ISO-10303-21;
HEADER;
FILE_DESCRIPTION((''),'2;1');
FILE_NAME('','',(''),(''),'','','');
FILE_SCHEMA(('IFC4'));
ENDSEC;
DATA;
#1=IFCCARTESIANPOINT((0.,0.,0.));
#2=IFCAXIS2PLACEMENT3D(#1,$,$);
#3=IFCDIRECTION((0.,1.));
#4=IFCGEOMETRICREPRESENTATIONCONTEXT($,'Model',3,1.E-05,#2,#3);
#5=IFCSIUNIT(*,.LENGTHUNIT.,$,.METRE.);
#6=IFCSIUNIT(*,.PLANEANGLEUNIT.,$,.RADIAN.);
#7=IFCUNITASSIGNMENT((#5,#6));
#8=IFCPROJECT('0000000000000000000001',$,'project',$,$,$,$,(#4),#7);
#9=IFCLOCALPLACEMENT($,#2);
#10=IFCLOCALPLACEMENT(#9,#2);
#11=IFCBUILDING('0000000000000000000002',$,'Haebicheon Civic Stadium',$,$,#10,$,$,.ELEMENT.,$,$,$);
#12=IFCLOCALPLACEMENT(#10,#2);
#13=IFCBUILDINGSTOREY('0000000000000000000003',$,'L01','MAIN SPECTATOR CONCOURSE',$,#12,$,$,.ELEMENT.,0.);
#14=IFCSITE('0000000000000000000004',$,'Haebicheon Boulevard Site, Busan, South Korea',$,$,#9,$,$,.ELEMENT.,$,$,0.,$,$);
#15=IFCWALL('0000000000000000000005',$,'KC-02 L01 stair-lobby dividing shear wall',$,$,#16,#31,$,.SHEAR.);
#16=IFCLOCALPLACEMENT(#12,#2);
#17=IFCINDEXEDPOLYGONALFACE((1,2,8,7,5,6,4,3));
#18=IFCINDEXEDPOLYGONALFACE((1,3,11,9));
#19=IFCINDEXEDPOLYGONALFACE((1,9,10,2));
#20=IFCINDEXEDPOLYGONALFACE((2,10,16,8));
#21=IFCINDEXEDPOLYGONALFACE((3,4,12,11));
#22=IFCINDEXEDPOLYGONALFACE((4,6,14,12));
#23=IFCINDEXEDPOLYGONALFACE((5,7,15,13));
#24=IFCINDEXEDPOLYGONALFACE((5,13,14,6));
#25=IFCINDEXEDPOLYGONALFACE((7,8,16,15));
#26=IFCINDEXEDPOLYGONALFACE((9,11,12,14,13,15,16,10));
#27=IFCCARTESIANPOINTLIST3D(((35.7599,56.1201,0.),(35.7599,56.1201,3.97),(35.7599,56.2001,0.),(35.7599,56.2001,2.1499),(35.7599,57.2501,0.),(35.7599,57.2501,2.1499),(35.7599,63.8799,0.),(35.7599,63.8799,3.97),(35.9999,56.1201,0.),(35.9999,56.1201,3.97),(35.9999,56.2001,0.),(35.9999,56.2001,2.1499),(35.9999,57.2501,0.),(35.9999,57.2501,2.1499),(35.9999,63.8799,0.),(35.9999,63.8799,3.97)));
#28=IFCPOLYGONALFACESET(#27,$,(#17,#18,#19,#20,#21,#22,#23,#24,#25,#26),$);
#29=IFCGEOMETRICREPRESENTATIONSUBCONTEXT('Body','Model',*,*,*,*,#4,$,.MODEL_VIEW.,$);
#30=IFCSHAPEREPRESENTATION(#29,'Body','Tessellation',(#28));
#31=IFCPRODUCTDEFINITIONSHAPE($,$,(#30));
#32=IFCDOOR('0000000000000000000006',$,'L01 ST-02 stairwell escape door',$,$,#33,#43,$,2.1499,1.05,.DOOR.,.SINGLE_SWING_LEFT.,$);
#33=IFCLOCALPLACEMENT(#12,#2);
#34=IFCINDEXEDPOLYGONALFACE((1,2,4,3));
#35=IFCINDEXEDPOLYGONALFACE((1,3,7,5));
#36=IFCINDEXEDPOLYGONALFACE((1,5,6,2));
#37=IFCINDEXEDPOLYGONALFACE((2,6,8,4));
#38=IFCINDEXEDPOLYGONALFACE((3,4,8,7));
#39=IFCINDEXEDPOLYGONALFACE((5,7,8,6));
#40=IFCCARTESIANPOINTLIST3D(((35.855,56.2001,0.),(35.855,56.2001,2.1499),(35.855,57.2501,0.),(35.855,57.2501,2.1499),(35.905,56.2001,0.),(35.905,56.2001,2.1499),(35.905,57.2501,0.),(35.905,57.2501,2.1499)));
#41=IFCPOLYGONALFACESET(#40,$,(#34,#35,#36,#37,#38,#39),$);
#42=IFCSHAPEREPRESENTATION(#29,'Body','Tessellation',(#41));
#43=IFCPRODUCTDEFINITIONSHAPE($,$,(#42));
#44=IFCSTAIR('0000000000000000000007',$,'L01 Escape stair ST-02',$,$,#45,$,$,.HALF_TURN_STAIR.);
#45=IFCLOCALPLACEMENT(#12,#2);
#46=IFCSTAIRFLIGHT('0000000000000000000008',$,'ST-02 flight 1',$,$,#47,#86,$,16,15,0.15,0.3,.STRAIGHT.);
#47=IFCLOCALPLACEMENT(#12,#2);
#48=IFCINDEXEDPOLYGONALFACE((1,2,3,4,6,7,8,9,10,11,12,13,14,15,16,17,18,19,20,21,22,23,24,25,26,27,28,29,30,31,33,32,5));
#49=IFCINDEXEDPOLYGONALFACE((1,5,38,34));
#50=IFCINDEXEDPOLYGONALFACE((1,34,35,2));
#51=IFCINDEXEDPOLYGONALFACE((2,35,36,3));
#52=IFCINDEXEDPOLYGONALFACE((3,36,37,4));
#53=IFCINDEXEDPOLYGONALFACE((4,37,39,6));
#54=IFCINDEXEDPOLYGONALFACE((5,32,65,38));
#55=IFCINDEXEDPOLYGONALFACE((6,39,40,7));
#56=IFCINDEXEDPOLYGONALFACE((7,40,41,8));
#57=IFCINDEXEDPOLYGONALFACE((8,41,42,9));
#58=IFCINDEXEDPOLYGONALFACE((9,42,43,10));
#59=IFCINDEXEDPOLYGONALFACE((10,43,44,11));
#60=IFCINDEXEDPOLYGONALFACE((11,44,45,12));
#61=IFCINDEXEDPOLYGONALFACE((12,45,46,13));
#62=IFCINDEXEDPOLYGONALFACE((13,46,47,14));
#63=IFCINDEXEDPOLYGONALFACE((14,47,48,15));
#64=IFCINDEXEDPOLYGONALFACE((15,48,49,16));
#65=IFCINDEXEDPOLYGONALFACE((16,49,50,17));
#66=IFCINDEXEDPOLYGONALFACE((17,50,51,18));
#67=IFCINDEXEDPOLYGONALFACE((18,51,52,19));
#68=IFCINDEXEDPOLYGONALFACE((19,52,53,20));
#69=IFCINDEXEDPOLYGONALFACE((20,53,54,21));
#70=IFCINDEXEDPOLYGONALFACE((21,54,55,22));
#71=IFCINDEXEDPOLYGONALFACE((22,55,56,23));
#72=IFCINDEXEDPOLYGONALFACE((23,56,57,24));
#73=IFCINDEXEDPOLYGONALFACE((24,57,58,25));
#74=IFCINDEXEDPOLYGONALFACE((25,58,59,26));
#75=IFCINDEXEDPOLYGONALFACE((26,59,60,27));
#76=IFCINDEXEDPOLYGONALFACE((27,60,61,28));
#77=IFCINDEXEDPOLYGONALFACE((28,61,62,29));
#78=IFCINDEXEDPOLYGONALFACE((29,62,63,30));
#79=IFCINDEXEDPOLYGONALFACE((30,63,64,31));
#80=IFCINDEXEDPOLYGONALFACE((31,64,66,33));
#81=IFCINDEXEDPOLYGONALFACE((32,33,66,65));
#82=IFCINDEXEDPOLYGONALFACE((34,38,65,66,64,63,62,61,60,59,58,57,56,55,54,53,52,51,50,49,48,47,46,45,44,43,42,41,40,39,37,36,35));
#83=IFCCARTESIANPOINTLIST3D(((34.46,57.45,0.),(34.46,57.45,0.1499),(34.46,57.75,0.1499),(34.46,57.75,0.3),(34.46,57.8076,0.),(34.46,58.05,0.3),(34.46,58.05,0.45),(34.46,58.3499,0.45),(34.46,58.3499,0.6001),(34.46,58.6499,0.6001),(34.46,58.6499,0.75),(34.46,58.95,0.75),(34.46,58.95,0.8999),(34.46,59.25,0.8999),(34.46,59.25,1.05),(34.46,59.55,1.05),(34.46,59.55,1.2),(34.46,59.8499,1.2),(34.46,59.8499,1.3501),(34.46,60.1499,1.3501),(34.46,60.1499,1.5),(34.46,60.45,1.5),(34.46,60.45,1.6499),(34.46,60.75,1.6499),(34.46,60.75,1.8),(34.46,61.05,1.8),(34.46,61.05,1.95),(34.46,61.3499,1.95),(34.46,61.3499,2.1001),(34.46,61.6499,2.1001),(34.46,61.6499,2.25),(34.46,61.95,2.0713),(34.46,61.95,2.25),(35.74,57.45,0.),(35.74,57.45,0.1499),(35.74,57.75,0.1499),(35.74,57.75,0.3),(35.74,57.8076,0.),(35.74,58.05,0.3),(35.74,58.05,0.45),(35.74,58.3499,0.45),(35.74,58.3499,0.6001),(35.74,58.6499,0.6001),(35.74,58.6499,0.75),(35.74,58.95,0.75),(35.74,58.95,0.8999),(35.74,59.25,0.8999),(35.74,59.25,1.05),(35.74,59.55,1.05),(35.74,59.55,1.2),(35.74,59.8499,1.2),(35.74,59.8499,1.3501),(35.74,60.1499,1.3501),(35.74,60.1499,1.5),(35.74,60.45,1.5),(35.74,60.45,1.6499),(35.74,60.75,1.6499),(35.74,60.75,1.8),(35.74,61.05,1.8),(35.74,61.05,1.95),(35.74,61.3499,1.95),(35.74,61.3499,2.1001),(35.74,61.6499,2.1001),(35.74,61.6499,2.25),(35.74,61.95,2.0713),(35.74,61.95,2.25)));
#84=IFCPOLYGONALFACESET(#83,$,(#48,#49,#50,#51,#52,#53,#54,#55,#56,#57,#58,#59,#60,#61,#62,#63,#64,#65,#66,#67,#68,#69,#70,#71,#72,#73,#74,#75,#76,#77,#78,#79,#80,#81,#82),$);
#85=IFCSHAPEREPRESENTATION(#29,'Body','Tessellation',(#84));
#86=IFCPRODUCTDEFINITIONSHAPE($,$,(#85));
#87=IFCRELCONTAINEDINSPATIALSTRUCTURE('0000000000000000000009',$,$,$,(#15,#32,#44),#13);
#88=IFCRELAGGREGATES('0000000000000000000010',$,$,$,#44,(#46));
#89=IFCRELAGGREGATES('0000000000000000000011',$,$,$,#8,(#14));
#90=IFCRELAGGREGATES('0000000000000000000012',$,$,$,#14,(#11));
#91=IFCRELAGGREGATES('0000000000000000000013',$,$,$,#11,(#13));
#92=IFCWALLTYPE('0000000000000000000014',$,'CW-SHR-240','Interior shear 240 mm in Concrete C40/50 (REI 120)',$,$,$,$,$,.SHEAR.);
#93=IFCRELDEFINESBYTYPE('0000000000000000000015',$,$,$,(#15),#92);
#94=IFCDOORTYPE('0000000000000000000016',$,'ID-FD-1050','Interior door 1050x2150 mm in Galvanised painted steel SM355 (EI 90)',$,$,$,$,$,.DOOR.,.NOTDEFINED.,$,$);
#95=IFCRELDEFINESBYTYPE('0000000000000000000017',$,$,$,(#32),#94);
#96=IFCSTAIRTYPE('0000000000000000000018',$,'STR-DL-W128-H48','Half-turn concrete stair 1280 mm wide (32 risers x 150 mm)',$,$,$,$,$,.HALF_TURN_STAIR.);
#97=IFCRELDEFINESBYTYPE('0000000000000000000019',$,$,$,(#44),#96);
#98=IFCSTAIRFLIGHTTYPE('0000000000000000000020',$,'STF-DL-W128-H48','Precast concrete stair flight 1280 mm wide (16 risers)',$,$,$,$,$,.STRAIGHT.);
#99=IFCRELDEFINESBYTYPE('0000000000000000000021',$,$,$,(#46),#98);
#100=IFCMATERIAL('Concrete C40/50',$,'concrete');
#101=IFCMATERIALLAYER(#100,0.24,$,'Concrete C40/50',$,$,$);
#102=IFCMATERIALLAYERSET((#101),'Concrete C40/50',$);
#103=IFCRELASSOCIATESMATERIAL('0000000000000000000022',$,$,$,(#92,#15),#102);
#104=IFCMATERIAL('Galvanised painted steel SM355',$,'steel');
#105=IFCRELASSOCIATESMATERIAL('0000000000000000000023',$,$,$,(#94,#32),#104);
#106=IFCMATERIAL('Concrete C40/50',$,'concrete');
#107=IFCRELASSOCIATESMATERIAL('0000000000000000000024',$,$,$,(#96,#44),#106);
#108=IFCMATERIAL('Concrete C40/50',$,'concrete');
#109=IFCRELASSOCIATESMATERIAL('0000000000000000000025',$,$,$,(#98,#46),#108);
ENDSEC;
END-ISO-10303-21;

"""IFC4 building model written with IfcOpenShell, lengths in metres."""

from ifc_helpers import new_model, si_unit, direction, frame, frame_2d, origin, place, context, subcontext, project, spatial, polyline, rectangle, outline, extrude, material, layer, layer_set, type_object, element, fill, aggregate, save


model = new_model("IFC4")

# Units and contexts
model_context = context("Model", 3, precision=1e-05, world=origin(), true_north=direction((0.0, 1.0)))
body_context = subcontext(model_context, "Body", "Model", "MODEL_VIEW")
ifc_project = project(units=[si_unit("LENGTHUNIT", "METRE"), si_unit("PLANEANGLEUNIT", "RADIAN")], contexts=[model_context])

# Site, building, storey
site_placement = place(None, origin())
site = spatial("IfcSite", under=ifc_project, at=site_placement, Name="Haebicheon Boulevard Site, Busan, South Korea", CompositionType="ELEMENT", RefElevation=0.0)
building_placement = place(site_placement, origin())
building = spatial("IfcBuilding", under=site, at=building_placement, Name="Haebicheon Civic Stadium", CompositionType="ELEMENT")
storey_placement = place(building_placement, origin())
storey = spatial("IfcBuildingStorey", under=building, at=storey_placement, Name="L01", Description="MAIN SPECTATOR CONCOURSE", CompositionType="ELEMENT", Elevation=0.0)

# Shared definitions
ifc_material_1 = material(Name="Concrete C40/50", Category="concrete")
ifc_layer = layer(ifc_material_1, 0.24, Name="Concrete C40/50")
ifc_layer_set = layer_set([ifc_layer], Name="Concrete C40/50")
wall_type = type_object("IfcWallType", Name="CW-SHR-240", Description="Interior shear 240 mm in Concrete C40/50 (REI 120)", PredefinedType="SHEAR", material=ifc_layer_set)

# Wall, opening, door
wall_1_placement = place(storey_placement, frame((35.8799, 56.1201, 0.0), z_axis=(0.0, 0.0, 1.0), x_axis=(0.0, 1.0, 0.0)))
wall_1 = element("IfcWall", 1, at=wall_1_placement, inside=storey, type_object=wall_type, material=ifc_layer_set, Name="KC-02 L01 stair-lobby dividing shear wall", PredefinedType="SHEAR", context=body_context, shape_type="SweptSolid", body=[
    extrude(rectangle(XDim=7.7598, YDim=0.24, at=frame_2d((3.8799, 0.0))), origin(), (0.0, 0.0, 1.0), 3.97),
])
opening_1_placement = place(wall_1_placement, frame((0.0801, 0.0, 0.0)))
opening_1 = element("IfcOpeningElement", 2, at=opening_1_placement, cuts=wall_1, PredefinedType="OPENING", context=body_context, shape_type="SweptSolid", body=[
    extrude(rectangle(XDim=1.05, YDim=2.1499, at=frame_2d((0.5249, 1.075))), frame((0.0, 0.1299, 0.0), z_axis=(0.0, -1.0, 0.0), x_axis=(1.0, 0.0, 0.0)), (0.0, 0.0, 1.0), 0.26),
])
ifc_material_2 = material(Name="Galvanised painted steel SM355", Category="steel")
door_type_1 = type_object("IfcDoorType", Name="ID-FD-1050", Description="Interior door 1050x2150 mm in Galvanised painted steel SM355 (EI 90)", OperationType="NOTDEFINED", PredefinedType="DOOR", material=ifc_material_2)
door_1_placement = place(opening_1_placement, origin())
door_1 = element("IfcDoor", 3, at=door_1_placement, inside=storey, type_object=door_type_1, material=ifc_material_2, Name="L01 ST-02 stairwell escape door", OperationType="SINGLE_SWING_LEFT", OverallHeight=2.1499, OverallWidth=1.05, PredefinedType="DOOR", context=body_context, shape_type="SweptSolid", body=[
    extrude(rectangle(XDim=1.05, YDim=2.1499, at=frame_2d((0.5249, 1.075))), frame((0.0, 0.0249, 0.0), z_axis=(0.0, -1.0, 0.0), x_axis=(1.0, 0.0, 0.0)), (0.0, 0.0, 1.0), 0.05),
])
fill(opening_1, door_1)

# Stair, stair flight
ifc_material_3 = material(Name="Concrete C40/50", Category="concrete")
stair_type = type_object("IfcStairType", Name="STR-DL-W128-H48", Description="Half-turn concrete stair 1280 mm wide (32 risers x 150 mm)", PredefinedType="HALF_TURN_STAIR", material=ifc_material_3)
stair_placement = place(storey_placement, origin())
stair = element("IfcStair", 4, at=stair_placement, inside=storey, type_object=stair_type, material=ifc_material_3, Name="L01 Escape stair ST-02", PredefinedType="HALF_TURN_STAIR")
ifc_material_4 = material(Name="Concrete C40/50", Category="concrete")
stair_flight_type = type_object("IfcStairFlightType", Name="STF-DL-W128-H48", Description="Precast concrete stair flight 1280 mm wide (16 risers)", PredefinedType="STRAIGHT", material=ifc_material_4)
stair_flight_placement = place(storey_placement, frame((35.1001, 57.45, 0.0), z_axis=(0.0, 0.0, 1.0), x_axis=(0.0, 1.0, 0.0)))
stair_flight = element("IfcStairFlight", 5, at=stair_flight_placement, type_object=stair_flight_type, material=ifc_material_4, Name="ST-02 flight 1", NumberOfRisers=16, NumberOfTreads=15, PredefinedType="STRAIGHT", RiserHeight=0.15, TreadLength=0.3, context=body_context, shape_type="SweptSolid", body=[
    extrude(outline(polyline([(0.0, 0.0), (0.0, 0.1499), (0.3, 0.1499), (0.3, 0.3), (0.6001, 0.3), (0.6001, 0.45), (0.8999, 0.45), (0.8999, 0.6001), (1.2, 0.6001), (1.2, 0.75), (1.5, 0.75), (1.5, 0.8999), (1.8, 0.8999), (1.8, 1.05), (2.1001, 1.05), (2.1001, 1.2), (2.3999, 1.2), (2.3999, 1.3501), (2.7, 1.3501), (2.7, 1.5), (3.0, 1.5), (3.0, 1.6499), (3.3, 1.6499), (3.3, 1.8), (3.6001, 1.8), (3.6001, 1.95), (3.8999, 1.95), (3.8999, 2.1001), (4.2, 2.1001), (4.2, 2.25), (4.5, 2.25), (4.5, 2.3999), (4.5, 2.0713), (0.3577, 0.0), (0.0, 0.0)])), frame((0.0, 0.6401, 0.0), z_axis=(0.0, -1.0, 0.0), x_axis=(1.0, 0.0, 0.0)), (0.0, 0.0, 1.0), 1.28),
])
aggregate(stair, [stair_flight])

save(model, "model.ifc")
